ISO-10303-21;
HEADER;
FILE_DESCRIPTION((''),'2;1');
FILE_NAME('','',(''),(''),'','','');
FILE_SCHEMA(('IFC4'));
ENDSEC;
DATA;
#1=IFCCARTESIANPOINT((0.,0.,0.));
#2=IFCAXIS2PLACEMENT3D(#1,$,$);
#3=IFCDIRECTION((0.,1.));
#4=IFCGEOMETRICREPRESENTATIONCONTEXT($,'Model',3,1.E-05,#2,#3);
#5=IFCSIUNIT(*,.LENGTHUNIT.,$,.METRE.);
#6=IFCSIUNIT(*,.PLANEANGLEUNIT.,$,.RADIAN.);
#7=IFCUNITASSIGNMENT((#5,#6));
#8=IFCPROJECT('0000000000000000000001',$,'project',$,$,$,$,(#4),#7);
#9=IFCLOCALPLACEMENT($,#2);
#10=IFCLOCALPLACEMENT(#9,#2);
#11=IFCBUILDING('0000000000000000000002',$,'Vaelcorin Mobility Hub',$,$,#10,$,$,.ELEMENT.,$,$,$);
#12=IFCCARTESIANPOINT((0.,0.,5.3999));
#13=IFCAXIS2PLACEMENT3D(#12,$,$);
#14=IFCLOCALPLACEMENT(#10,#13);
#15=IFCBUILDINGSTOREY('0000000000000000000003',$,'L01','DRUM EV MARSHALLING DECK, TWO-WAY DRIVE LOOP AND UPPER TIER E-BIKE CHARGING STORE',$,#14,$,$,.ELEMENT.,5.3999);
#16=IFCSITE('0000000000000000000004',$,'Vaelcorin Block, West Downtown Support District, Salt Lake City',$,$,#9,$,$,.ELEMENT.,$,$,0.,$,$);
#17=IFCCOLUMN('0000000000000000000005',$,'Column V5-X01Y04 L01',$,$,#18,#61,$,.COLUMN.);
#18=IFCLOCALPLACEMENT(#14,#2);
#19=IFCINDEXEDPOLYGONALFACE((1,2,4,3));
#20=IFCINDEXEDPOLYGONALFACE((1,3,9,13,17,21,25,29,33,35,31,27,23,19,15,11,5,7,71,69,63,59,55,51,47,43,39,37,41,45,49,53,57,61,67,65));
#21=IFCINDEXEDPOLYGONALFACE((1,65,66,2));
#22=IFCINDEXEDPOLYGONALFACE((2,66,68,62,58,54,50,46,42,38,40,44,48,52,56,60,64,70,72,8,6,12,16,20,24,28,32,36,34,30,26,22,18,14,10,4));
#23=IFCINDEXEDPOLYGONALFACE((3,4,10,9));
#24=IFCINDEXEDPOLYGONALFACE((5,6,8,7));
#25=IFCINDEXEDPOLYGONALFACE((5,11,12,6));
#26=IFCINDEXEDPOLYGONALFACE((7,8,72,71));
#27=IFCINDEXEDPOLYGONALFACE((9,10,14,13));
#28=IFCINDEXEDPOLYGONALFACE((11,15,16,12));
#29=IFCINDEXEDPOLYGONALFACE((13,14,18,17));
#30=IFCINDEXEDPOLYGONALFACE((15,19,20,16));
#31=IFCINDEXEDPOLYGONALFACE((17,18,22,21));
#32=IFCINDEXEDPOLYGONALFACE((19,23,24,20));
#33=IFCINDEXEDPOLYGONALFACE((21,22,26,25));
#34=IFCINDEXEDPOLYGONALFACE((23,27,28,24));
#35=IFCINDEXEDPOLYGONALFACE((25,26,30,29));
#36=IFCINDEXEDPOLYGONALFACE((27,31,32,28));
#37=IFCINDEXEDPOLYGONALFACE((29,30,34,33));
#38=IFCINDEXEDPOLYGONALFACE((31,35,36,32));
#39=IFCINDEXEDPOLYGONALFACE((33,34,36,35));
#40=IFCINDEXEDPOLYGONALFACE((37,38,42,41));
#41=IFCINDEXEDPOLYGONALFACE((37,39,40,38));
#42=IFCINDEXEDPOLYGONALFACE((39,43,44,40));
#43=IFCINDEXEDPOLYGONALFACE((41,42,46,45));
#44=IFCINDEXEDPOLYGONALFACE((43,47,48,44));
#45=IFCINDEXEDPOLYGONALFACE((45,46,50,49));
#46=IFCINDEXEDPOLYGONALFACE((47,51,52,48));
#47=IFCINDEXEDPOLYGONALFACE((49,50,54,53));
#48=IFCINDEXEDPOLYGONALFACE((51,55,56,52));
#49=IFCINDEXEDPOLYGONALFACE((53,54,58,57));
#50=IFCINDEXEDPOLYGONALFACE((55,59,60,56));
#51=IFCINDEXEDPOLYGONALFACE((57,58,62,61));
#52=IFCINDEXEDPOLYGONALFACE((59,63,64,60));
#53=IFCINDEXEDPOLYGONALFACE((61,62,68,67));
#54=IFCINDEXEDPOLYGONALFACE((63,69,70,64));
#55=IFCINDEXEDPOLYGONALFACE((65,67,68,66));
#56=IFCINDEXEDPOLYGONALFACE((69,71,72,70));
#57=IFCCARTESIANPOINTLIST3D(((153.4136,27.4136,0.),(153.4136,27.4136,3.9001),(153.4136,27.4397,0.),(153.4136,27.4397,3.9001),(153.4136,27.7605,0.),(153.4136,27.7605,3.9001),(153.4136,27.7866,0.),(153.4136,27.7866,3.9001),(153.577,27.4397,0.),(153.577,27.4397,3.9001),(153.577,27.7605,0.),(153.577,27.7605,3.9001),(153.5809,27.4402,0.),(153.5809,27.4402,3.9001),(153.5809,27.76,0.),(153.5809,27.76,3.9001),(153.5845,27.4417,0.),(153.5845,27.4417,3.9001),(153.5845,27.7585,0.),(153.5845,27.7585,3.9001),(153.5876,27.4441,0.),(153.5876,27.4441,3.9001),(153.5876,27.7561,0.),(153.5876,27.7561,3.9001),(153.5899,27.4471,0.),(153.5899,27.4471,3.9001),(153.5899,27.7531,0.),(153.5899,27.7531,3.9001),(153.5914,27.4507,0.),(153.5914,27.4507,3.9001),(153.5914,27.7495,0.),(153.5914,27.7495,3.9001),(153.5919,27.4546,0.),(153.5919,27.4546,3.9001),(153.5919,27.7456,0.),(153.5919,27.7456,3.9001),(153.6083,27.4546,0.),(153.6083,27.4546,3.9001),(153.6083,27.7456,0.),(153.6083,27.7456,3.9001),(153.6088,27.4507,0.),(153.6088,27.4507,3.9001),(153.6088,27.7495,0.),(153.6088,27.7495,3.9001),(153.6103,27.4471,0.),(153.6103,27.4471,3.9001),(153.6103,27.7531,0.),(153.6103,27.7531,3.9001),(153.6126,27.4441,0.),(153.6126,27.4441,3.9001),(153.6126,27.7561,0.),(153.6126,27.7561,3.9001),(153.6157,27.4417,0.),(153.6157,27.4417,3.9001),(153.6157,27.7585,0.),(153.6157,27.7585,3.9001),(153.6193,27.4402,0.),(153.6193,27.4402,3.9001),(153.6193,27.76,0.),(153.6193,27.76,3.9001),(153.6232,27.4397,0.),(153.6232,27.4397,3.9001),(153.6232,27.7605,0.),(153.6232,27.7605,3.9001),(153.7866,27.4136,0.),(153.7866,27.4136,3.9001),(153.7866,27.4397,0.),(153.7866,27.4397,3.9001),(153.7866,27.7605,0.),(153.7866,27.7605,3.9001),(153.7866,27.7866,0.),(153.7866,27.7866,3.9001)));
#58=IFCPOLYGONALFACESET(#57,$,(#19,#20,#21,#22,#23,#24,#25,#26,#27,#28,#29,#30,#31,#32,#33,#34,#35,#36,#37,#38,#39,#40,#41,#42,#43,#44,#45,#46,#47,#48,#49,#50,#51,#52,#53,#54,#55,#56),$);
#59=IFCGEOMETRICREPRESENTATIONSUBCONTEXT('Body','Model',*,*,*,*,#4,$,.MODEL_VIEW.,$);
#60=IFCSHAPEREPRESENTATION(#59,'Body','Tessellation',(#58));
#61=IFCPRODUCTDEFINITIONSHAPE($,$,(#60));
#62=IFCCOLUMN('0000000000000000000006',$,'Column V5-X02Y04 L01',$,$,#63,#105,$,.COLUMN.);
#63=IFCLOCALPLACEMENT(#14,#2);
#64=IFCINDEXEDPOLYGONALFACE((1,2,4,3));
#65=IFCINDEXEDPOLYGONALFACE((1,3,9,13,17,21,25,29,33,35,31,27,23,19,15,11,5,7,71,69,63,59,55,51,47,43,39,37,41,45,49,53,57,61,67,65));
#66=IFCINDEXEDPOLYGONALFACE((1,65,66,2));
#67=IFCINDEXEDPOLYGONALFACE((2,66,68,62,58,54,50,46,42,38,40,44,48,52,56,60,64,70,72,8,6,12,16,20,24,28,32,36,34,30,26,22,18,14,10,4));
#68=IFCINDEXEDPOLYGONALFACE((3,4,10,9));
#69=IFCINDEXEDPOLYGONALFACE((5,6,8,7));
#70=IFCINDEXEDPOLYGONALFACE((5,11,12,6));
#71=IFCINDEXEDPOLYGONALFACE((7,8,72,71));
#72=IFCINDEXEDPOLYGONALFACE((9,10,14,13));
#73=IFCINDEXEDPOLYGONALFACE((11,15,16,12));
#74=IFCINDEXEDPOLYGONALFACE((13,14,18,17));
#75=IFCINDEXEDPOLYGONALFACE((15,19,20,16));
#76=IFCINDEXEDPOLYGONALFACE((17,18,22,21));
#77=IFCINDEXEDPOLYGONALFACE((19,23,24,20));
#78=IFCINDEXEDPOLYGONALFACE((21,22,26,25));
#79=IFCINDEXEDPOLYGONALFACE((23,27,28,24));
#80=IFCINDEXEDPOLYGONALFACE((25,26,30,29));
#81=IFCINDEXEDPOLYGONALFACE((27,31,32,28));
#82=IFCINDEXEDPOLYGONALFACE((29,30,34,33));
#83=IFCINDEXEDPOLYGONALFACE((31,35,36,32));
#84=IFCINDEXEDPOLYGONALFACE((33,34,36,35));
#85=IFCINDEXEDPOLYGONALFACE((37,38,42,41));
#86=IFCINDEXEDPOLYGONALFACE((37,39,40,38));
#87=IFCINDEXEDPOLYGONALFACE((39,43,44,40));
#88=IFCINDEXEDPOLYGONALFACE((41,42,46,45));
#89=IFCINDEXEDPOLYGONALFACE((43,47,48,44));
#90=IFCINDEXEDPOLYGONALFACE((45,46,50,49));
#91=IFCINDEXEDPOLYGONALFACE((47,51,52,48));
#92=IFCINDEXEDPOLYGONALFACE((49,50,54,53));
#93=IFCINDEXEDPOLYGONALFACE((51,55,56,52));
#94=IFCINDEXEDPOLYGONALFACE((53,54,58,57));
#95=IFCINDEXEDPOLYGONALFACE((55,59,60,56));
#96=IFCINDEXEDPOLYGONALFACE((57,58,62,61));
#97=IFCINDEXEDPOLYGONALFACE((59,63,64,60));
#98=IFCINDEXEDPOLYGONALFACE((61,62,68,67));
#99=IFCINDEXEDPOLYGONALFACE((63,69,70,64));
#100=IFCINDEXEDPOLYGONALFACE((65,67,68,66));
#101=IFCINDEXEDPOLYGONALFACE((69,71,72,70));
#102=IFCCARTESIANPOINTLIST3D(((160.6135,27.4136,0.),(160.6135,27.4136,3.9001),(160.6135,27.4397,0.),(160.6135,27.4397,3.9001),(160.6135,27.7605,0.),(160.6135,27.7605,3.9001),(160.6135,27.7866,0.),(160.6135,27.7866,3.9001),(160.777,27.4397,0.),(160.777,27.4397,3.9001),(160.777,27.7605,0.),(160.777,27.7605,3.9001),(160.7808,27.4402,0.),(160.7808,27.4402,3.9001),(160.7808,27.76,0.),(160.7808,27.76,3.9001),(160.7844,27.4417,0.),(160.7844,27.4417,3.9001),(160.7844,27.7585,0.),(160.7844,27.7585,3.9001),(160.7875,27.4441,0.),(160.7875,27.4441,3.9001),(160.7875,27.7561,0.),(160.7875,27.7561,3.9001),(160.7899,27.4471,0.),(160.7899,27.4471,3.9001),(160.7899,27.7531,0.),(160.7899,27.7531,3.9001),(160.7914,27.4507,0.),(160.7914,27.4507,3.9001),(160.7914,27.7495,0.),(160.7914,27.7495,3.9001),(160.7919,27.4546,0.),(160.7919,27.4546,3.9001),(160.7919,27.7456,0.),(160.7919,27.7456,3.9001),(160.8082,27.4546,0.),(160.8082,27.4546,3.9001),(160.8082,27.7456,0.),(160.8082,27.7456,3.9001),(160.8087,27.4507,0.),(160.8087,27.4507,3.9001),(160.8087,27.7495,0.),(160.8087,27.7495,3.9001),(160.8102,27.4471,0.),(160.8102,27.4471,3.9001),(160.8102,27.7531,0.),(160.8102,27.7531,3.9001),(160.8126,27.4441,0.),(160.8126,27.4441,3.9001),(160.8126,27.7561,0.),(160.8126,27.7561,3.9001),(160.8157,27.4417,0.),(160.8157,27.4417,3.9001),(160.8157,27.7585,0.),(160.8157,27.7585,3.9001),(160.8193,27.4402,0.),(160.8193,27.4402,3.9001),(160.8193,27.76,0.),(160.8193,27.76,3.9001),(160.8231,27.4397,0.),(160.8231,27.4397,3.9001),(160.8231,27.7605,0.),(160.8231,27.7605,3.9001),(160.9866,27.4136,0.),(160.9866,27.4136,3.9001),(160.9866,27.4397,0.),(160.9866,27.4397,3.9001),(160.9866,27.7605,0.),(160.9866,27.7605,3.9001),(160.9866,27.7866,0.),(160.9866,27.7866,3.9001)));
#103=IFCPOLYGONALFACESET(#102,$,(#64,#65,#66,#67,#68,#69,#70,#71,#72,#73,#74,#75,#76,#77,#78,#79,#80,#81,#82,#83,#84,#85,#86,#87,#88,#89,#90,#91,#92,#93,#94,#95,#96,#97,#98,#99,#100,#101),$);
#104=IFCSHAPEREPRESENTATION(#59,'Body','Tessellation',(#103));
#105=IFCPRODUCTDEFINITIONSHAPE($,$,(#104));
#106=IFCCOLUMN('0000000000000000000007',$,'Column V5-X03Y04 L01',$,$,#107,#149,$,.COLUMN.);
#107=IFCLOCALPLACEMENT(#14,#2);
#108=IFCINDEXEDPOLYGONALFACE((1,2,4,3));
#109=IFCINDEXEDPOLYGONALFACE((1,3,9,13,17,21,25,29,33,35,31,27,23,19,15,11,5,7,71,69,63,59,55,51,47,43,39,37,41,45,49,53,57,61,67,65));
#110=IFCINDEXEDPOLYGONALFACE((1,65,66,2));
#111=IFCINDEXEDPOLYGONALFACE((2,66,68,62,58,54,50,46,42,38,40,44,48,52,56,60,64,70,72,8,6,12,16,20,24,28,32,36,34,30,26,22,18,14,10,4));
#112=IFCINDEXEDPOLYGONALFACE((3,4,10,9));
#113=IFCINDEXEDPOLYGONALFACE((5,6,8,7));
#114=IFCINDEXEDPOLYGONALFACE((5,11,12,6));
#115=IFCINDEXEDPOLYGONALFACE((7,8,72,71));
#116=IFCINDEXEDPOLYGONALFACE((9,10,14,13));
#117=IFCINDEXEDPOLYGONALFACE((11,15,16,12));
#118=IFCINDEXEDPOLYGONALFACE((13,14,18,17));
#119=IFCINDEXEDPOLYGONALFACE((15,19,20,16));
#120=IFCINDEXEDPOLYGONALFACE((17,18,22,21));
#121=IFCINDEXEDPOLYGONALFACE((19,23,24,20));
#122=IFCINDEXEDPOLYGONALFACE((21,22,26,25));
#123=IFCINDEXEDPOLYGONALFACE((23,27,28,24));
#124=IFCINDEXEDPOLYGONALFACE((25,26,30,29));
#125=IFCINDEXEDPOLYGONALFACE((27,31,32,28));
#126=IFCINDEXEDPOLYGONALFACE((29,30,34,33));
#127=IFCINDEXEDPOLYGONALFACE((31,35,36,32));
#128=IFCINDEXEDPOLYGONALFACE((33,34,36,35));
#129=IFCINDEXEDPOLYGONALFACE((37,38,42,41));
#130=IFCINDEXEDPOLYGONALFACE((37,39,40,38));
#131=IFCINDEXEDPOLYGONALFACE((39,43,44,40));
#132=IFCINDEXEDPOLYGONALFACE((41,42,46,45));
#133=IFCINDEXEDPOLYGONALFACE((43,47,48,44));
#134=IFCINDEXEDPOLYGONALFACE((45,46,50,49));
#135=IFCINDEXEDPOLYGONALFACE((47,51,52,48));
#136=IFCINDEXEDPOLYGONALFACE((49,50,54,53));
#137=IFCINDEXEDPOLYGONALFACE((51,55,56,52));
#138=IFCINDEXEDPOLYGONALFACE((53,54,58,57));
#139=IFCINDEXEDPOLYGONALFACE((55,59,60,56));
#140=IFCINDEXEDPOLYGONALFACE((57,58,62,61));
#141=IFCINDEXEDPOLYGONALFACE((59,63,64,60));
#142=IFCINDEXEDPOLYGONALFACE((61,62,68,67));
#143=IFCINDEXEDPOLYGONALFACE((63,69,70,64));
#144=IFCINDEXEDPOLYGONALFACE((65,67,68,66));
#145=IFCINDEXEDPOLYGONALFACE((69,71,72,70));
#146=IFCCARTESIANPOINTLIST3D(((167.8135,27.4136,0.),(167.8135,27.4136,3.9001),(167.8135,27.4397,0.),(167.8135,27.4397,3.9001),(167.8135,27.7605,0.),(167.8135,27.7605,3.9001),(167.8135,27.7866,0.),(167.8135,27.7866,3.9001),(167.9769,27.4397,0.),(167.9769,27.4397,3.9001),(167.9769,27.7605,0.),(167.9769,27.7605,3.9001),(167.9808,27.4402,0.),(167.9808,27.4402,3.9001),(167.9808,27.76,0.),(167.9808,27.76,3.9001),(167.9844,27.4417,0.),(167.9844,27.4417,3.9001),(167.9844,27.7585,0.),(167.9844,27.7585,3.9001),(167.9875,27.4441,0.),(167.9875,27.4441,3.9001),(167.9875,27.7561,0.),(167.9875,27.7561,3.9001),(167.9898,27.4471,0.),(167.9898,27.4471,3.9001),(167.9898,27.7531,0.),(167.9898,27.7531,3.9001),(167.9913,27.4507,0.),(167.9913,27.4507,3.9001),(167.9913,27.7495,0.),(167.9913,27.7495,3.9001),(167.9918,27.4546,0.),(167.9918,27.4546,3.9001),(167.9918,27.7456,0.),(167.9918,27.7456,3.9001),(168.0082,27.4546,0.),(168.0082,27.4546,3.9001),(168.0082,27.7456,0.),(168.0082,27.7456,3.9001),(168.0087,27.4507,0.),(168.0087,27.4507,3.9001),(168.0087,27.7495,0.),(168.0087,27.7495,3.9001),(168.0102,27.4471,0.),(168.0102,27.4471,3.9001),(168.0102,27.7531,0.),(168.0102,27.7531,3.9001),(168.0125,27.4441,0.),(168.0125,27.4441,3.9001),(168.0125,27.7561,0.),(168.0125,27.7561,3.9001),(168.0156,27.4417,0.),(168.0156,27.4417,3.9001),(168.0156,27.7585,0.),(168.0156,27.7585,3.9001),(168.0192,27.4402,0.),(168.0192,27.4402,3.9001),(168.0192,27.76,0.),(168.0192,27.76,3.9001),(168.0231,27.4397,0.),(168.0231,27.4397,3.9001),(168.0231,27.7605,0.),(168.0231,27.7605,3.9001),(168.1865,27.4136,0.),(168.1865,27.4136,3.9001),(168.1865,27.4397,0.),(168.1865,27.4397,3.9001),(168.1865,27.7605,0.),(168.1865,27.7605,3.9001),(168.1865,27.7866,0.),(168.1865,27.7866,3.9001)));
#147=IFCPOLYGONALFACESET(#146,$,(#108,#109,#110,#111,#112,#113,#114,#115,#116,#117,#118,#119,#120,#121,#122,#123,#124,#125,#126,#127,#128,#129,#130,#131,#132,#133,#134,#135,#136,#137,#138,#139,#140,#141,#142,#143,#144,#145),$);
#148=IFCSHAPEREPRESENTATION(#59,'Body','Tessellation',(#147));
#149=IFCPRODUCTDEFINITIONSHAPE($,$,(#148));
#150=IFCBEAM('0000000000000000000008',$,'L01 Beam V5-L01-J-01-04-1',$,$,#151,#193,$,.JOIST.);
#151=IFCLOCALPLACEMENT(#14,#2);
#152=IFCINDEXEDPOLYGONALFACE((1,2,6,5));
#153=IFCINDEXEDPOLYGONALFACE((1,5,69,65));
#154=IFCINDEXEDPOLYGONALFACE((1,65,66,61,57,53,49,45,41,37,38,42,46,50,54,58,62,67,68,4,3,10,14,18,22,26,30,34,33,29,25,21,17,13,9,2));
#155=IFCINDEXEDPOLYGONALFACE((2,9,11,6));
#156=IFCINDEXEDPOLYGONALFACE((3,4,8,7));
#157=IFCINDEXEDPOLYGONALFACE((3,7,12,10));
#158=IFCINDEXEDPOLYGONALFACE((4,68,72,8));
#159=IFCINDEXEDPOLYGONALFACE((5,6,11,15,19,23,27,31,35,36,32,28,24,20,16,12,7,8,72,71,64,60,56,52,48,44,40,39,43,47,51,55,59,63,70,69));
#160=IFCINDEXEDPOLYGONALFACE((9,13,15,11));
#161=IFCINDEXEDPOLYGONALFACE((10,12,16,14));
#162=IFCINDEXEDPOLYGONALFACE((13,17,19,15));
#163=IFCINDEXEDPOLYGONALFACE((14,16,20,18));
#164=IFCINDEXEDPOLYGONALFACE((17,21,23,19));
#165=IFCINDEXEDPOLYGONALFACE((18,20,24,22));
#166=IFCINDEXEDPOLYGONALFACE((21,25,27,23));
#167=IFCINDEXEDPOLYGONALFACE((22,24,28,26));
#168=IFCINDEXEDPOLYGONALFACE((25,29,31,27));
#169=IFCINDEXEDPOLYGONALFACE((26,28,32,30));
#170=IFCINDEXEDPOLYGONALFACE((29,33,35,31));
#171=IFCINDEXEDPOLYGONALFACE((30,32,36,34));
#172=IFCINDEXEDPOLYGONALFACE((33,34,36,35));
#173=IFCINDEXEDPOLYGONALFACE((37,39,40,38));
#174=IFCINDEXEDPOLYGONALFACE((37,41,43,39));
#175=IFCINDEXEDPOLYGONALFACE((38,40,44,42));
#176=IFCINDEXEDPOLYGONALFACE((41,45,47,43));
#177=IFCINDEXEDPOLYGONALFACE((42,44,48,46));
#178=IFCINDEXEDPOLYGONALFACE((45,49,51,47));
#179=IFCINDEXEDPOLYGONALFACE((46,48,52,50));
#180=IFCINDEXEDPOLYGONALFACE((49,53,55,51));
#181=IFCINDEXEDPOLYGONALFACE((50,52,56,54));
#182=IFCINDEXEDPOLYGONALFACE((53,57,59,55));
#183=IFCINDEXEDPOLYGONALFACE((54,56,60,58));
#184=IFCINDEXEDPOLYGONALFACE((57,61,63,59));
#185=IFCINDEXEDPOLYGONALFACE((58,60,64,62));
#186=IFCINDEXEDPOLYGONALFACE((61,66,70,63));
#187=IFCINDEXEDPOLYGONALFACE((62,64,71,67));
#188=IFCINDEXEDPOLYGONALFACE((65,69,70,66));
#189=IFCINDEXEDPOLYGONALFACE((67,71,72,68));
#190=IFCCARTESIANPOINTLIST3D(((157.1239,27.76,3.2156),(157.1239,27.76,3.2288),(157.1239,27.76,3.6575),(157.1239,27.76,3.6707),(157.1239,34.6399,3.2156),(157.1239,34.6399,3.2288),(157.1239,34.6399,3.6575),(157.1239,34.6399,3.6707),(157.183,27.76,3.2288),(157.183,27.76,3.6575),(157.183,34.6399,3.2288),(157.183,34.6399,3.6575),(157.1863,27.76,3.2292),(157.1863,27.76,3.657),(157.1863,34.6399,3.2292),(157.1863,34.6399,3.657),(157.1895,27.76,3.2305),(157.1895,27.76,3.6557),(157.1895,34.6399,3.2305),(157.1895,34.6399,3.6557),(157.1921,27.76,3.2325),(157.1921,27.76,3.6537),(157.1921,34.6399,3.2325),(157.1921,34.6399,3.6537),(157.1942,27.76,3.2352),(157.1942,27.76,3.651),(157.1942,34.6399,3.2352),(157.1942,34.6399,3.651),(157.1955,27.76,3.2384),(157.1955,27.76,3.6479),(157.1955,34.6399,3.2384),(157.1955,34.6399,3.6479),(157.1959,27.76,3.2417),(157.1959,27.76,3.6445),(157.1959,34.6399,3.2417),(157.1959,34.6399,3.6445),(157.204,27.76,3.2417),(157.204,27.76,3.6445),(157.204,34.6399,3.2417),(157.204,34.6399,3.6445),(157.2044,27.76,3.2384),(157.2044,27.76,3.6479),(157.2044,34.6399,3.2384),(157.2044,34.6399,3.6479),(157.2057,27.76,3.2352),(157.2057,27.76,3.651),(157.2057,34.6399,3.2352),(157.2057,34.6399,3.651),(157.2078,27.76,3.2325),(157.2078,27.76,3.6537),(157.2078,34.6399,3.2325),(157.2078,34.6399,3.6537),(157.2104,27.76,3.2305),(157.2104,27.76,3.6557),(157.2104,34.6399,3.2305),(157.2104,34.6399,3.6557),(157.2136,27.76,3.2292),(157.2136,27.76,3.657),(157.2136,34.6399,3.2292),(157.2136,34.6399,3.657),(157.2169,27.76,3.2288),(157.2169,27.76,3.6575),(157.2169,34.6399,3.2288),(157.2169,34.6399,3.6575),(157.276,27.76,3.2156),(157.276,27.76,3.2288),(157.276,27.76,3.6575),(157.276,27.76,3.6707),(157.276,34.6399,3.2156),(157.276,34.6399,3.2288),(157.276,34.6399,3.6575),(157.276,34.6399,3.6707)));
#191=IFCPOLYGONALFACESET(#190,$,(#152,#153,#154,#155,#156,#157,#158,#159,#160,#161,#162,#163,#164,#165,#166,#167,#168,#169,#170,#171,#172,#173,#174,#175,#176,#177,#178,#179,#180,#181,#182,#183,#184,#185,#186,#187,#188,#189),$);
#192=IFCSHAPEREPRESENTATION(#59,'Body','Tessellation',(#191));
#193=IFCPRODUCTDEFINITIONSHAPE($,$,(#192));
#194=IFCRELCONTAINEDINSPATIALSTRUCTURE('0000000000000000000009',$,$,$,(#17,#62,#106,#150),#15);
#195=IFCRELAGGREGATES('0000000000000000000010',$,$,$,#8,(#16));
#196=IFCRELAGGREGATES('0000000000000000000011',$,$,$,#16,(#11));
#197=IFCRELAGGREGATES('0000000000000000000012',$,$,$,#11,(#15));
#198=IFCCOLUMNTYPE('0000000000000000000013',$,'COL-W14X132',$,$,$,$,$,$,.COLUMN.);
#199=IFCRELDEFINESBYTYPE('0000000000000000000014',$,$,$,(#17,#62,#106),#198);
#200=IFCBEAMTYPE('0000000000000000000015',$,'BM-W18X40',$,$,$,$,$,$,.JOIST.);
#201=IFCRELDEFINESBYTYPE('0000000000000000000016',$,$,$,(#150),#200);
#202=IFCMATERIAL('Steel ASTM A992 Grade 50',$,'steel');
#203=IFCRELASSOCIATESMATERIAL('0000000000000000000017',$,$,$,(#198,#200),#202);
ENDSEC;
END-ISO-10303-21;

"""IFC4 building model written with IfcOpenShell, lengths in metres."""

from ifc_helpers import new_model, si_unit, direction, frame, origin, origin_2d, place, context, subcontext, project, spatial, i_section, extrude, material, material_profile, profile_set, type_object, element, save


model = new_model("IFC4")

# Units and contexts
model_context = context("Model", 3, precision=1e-05, world=origin(), true_north=direction((0.0, 1.0)))
body_context = subcontext(model_context, "Body", "Model", "MODEL_VIEW")
ifc_project = project(units=[si_unit("LENGTHUNIT", "METRE"), si_unit("PLANEANGLEUNIT", "RADIAN")], contexts=[model_context])

# Site, building, storey
site_placement = place(None, origin())
site = spatial("IfcSite", under=ifc_project, at=site_placement, Name="Vaelcorin Block, West Downtown Support District, Salt Lake City", CompositionType="ELEMENT", RefElevation=0.0)
building_placement = place(site_placement, origin())
building = spatial("IfcBuilding", under=site, at=building_placement, Name="Vaelcorin Mobility Hub", CompositionType="ELEMENT")
storey_placement = place(building_placement, frame((0.0, 0.0, 5.3999)))
storey = spatial("IfcBuildingStorey", under=building, at=storey_placement, Name="L01", Description="DRUM EV MARSHALLING DECK, TWO-WAY DRIVE LOOP AND UPPER TIER E-BIKE CHARGING STORE", CompositionType="ELEMENT", Elevation=5.3999)

# Columns
ifc_material_1 = material(Name="Steel ASTM A992 Grade 50", Category="steel")
ifc_material_profile_1 = material_profile(ifc_material_1, i_section(OverallWidth=0.373, OverallDepth=0.373, WebThickness=0.0164, FlangeThickness=0.0261, FilletRadius=0.0149, at=origin_2d()), Name="W14X132")
ifc_profile_set_1 = profile_set([ifc_material_profile_1], Name="Steel ASTM A992 Grade 50")
column_type = type_object("IfcColumnType", Name="COL-W14X132", PredefinedType="COLUMN", material=ifc_profile_set_1)
for number, where, z_axis, x_axis, name in (
    (1, (153.6001, 27.6001, 0.0), (0.0, 0.0, 1.0), (1.0, 0.0, 0.0), "Column V5-X01Y04 L01"),
    (2, (160.8, 27.6001, 0.0), (0.0, 0.0, 1.0), (1.0, 0.0, 0.0), "Column V5-X02Y04 L01"),
    (3, (168.0, 27.6001, 0.0), (0.0, 0.0, 1.0), (1.0, 0.0, 0.0), "Column V5-X03Y04 L01"),
):
    element("IfcColumn", number, at=place(storey_placement, frame(where, z_axis=z_axis, x_axis=x_axis)), inside=storey, type_object=column_type, Name=name, PredefinedType="COLUMN", context=body_context, shape_type="SweptSolid", body=[
        extrude(i_section(OverallWidth=0.373, OverallDepth=0.373, WebThickness=0.0164, FlangeThickness=0.0261, FilletRadius=0.0149, at=origin_2d()), origin(), (0.0, 0.0, 1.0), 3.9001),
    ])

# Beam
ifc_material_profile_2 = material_profile(ifc_material_1, i_section(OverallWidth=0.1521, OverallDepth=0.4551, WebThickness=0.0081, FlangeThickness=0.0132, FilletRadius=0.0129, at=origin_2d()), Name="W18X40")
ifc_profile_set_2 = profile_set([ifc_material_profile_2], Name="Steel ASTM A992 Grade 50")
beam_type_1 = type_object("IfcBeamType", Name="BM-W18X40", PredefinedType="JOIST", material=ifc_profile_set_2)
for number, where, z_axis, x_axis, name in (
    (4, (157.2, 27.76, 3.4431), (0.0, 1.0, 0.0), (-1.0, 0.0, 0.0), "L01 Beam V5-L01-J-01-04-1"),
):
    element("IfcBeam", number, at=place(storey_placement, frame(where, z_axis=z_axis, x_axis=x_axis)), inside=storey, type_object=beam_type_1, Name=name, PredefinedType="JOIST", context=body_context, shape_type="SweptSolid", body=[
        extrude(i_section(OverallWidth=0.1521, OverallDepth=0.4551, WebThickness=0.0081, FlangeThickness=0.0132, FilletRadius=0.0129, at=origin_2d()), origin(), (0.0, 0.0, 1.0), 6.8799),
    ])

save(model, "model.ifc")
